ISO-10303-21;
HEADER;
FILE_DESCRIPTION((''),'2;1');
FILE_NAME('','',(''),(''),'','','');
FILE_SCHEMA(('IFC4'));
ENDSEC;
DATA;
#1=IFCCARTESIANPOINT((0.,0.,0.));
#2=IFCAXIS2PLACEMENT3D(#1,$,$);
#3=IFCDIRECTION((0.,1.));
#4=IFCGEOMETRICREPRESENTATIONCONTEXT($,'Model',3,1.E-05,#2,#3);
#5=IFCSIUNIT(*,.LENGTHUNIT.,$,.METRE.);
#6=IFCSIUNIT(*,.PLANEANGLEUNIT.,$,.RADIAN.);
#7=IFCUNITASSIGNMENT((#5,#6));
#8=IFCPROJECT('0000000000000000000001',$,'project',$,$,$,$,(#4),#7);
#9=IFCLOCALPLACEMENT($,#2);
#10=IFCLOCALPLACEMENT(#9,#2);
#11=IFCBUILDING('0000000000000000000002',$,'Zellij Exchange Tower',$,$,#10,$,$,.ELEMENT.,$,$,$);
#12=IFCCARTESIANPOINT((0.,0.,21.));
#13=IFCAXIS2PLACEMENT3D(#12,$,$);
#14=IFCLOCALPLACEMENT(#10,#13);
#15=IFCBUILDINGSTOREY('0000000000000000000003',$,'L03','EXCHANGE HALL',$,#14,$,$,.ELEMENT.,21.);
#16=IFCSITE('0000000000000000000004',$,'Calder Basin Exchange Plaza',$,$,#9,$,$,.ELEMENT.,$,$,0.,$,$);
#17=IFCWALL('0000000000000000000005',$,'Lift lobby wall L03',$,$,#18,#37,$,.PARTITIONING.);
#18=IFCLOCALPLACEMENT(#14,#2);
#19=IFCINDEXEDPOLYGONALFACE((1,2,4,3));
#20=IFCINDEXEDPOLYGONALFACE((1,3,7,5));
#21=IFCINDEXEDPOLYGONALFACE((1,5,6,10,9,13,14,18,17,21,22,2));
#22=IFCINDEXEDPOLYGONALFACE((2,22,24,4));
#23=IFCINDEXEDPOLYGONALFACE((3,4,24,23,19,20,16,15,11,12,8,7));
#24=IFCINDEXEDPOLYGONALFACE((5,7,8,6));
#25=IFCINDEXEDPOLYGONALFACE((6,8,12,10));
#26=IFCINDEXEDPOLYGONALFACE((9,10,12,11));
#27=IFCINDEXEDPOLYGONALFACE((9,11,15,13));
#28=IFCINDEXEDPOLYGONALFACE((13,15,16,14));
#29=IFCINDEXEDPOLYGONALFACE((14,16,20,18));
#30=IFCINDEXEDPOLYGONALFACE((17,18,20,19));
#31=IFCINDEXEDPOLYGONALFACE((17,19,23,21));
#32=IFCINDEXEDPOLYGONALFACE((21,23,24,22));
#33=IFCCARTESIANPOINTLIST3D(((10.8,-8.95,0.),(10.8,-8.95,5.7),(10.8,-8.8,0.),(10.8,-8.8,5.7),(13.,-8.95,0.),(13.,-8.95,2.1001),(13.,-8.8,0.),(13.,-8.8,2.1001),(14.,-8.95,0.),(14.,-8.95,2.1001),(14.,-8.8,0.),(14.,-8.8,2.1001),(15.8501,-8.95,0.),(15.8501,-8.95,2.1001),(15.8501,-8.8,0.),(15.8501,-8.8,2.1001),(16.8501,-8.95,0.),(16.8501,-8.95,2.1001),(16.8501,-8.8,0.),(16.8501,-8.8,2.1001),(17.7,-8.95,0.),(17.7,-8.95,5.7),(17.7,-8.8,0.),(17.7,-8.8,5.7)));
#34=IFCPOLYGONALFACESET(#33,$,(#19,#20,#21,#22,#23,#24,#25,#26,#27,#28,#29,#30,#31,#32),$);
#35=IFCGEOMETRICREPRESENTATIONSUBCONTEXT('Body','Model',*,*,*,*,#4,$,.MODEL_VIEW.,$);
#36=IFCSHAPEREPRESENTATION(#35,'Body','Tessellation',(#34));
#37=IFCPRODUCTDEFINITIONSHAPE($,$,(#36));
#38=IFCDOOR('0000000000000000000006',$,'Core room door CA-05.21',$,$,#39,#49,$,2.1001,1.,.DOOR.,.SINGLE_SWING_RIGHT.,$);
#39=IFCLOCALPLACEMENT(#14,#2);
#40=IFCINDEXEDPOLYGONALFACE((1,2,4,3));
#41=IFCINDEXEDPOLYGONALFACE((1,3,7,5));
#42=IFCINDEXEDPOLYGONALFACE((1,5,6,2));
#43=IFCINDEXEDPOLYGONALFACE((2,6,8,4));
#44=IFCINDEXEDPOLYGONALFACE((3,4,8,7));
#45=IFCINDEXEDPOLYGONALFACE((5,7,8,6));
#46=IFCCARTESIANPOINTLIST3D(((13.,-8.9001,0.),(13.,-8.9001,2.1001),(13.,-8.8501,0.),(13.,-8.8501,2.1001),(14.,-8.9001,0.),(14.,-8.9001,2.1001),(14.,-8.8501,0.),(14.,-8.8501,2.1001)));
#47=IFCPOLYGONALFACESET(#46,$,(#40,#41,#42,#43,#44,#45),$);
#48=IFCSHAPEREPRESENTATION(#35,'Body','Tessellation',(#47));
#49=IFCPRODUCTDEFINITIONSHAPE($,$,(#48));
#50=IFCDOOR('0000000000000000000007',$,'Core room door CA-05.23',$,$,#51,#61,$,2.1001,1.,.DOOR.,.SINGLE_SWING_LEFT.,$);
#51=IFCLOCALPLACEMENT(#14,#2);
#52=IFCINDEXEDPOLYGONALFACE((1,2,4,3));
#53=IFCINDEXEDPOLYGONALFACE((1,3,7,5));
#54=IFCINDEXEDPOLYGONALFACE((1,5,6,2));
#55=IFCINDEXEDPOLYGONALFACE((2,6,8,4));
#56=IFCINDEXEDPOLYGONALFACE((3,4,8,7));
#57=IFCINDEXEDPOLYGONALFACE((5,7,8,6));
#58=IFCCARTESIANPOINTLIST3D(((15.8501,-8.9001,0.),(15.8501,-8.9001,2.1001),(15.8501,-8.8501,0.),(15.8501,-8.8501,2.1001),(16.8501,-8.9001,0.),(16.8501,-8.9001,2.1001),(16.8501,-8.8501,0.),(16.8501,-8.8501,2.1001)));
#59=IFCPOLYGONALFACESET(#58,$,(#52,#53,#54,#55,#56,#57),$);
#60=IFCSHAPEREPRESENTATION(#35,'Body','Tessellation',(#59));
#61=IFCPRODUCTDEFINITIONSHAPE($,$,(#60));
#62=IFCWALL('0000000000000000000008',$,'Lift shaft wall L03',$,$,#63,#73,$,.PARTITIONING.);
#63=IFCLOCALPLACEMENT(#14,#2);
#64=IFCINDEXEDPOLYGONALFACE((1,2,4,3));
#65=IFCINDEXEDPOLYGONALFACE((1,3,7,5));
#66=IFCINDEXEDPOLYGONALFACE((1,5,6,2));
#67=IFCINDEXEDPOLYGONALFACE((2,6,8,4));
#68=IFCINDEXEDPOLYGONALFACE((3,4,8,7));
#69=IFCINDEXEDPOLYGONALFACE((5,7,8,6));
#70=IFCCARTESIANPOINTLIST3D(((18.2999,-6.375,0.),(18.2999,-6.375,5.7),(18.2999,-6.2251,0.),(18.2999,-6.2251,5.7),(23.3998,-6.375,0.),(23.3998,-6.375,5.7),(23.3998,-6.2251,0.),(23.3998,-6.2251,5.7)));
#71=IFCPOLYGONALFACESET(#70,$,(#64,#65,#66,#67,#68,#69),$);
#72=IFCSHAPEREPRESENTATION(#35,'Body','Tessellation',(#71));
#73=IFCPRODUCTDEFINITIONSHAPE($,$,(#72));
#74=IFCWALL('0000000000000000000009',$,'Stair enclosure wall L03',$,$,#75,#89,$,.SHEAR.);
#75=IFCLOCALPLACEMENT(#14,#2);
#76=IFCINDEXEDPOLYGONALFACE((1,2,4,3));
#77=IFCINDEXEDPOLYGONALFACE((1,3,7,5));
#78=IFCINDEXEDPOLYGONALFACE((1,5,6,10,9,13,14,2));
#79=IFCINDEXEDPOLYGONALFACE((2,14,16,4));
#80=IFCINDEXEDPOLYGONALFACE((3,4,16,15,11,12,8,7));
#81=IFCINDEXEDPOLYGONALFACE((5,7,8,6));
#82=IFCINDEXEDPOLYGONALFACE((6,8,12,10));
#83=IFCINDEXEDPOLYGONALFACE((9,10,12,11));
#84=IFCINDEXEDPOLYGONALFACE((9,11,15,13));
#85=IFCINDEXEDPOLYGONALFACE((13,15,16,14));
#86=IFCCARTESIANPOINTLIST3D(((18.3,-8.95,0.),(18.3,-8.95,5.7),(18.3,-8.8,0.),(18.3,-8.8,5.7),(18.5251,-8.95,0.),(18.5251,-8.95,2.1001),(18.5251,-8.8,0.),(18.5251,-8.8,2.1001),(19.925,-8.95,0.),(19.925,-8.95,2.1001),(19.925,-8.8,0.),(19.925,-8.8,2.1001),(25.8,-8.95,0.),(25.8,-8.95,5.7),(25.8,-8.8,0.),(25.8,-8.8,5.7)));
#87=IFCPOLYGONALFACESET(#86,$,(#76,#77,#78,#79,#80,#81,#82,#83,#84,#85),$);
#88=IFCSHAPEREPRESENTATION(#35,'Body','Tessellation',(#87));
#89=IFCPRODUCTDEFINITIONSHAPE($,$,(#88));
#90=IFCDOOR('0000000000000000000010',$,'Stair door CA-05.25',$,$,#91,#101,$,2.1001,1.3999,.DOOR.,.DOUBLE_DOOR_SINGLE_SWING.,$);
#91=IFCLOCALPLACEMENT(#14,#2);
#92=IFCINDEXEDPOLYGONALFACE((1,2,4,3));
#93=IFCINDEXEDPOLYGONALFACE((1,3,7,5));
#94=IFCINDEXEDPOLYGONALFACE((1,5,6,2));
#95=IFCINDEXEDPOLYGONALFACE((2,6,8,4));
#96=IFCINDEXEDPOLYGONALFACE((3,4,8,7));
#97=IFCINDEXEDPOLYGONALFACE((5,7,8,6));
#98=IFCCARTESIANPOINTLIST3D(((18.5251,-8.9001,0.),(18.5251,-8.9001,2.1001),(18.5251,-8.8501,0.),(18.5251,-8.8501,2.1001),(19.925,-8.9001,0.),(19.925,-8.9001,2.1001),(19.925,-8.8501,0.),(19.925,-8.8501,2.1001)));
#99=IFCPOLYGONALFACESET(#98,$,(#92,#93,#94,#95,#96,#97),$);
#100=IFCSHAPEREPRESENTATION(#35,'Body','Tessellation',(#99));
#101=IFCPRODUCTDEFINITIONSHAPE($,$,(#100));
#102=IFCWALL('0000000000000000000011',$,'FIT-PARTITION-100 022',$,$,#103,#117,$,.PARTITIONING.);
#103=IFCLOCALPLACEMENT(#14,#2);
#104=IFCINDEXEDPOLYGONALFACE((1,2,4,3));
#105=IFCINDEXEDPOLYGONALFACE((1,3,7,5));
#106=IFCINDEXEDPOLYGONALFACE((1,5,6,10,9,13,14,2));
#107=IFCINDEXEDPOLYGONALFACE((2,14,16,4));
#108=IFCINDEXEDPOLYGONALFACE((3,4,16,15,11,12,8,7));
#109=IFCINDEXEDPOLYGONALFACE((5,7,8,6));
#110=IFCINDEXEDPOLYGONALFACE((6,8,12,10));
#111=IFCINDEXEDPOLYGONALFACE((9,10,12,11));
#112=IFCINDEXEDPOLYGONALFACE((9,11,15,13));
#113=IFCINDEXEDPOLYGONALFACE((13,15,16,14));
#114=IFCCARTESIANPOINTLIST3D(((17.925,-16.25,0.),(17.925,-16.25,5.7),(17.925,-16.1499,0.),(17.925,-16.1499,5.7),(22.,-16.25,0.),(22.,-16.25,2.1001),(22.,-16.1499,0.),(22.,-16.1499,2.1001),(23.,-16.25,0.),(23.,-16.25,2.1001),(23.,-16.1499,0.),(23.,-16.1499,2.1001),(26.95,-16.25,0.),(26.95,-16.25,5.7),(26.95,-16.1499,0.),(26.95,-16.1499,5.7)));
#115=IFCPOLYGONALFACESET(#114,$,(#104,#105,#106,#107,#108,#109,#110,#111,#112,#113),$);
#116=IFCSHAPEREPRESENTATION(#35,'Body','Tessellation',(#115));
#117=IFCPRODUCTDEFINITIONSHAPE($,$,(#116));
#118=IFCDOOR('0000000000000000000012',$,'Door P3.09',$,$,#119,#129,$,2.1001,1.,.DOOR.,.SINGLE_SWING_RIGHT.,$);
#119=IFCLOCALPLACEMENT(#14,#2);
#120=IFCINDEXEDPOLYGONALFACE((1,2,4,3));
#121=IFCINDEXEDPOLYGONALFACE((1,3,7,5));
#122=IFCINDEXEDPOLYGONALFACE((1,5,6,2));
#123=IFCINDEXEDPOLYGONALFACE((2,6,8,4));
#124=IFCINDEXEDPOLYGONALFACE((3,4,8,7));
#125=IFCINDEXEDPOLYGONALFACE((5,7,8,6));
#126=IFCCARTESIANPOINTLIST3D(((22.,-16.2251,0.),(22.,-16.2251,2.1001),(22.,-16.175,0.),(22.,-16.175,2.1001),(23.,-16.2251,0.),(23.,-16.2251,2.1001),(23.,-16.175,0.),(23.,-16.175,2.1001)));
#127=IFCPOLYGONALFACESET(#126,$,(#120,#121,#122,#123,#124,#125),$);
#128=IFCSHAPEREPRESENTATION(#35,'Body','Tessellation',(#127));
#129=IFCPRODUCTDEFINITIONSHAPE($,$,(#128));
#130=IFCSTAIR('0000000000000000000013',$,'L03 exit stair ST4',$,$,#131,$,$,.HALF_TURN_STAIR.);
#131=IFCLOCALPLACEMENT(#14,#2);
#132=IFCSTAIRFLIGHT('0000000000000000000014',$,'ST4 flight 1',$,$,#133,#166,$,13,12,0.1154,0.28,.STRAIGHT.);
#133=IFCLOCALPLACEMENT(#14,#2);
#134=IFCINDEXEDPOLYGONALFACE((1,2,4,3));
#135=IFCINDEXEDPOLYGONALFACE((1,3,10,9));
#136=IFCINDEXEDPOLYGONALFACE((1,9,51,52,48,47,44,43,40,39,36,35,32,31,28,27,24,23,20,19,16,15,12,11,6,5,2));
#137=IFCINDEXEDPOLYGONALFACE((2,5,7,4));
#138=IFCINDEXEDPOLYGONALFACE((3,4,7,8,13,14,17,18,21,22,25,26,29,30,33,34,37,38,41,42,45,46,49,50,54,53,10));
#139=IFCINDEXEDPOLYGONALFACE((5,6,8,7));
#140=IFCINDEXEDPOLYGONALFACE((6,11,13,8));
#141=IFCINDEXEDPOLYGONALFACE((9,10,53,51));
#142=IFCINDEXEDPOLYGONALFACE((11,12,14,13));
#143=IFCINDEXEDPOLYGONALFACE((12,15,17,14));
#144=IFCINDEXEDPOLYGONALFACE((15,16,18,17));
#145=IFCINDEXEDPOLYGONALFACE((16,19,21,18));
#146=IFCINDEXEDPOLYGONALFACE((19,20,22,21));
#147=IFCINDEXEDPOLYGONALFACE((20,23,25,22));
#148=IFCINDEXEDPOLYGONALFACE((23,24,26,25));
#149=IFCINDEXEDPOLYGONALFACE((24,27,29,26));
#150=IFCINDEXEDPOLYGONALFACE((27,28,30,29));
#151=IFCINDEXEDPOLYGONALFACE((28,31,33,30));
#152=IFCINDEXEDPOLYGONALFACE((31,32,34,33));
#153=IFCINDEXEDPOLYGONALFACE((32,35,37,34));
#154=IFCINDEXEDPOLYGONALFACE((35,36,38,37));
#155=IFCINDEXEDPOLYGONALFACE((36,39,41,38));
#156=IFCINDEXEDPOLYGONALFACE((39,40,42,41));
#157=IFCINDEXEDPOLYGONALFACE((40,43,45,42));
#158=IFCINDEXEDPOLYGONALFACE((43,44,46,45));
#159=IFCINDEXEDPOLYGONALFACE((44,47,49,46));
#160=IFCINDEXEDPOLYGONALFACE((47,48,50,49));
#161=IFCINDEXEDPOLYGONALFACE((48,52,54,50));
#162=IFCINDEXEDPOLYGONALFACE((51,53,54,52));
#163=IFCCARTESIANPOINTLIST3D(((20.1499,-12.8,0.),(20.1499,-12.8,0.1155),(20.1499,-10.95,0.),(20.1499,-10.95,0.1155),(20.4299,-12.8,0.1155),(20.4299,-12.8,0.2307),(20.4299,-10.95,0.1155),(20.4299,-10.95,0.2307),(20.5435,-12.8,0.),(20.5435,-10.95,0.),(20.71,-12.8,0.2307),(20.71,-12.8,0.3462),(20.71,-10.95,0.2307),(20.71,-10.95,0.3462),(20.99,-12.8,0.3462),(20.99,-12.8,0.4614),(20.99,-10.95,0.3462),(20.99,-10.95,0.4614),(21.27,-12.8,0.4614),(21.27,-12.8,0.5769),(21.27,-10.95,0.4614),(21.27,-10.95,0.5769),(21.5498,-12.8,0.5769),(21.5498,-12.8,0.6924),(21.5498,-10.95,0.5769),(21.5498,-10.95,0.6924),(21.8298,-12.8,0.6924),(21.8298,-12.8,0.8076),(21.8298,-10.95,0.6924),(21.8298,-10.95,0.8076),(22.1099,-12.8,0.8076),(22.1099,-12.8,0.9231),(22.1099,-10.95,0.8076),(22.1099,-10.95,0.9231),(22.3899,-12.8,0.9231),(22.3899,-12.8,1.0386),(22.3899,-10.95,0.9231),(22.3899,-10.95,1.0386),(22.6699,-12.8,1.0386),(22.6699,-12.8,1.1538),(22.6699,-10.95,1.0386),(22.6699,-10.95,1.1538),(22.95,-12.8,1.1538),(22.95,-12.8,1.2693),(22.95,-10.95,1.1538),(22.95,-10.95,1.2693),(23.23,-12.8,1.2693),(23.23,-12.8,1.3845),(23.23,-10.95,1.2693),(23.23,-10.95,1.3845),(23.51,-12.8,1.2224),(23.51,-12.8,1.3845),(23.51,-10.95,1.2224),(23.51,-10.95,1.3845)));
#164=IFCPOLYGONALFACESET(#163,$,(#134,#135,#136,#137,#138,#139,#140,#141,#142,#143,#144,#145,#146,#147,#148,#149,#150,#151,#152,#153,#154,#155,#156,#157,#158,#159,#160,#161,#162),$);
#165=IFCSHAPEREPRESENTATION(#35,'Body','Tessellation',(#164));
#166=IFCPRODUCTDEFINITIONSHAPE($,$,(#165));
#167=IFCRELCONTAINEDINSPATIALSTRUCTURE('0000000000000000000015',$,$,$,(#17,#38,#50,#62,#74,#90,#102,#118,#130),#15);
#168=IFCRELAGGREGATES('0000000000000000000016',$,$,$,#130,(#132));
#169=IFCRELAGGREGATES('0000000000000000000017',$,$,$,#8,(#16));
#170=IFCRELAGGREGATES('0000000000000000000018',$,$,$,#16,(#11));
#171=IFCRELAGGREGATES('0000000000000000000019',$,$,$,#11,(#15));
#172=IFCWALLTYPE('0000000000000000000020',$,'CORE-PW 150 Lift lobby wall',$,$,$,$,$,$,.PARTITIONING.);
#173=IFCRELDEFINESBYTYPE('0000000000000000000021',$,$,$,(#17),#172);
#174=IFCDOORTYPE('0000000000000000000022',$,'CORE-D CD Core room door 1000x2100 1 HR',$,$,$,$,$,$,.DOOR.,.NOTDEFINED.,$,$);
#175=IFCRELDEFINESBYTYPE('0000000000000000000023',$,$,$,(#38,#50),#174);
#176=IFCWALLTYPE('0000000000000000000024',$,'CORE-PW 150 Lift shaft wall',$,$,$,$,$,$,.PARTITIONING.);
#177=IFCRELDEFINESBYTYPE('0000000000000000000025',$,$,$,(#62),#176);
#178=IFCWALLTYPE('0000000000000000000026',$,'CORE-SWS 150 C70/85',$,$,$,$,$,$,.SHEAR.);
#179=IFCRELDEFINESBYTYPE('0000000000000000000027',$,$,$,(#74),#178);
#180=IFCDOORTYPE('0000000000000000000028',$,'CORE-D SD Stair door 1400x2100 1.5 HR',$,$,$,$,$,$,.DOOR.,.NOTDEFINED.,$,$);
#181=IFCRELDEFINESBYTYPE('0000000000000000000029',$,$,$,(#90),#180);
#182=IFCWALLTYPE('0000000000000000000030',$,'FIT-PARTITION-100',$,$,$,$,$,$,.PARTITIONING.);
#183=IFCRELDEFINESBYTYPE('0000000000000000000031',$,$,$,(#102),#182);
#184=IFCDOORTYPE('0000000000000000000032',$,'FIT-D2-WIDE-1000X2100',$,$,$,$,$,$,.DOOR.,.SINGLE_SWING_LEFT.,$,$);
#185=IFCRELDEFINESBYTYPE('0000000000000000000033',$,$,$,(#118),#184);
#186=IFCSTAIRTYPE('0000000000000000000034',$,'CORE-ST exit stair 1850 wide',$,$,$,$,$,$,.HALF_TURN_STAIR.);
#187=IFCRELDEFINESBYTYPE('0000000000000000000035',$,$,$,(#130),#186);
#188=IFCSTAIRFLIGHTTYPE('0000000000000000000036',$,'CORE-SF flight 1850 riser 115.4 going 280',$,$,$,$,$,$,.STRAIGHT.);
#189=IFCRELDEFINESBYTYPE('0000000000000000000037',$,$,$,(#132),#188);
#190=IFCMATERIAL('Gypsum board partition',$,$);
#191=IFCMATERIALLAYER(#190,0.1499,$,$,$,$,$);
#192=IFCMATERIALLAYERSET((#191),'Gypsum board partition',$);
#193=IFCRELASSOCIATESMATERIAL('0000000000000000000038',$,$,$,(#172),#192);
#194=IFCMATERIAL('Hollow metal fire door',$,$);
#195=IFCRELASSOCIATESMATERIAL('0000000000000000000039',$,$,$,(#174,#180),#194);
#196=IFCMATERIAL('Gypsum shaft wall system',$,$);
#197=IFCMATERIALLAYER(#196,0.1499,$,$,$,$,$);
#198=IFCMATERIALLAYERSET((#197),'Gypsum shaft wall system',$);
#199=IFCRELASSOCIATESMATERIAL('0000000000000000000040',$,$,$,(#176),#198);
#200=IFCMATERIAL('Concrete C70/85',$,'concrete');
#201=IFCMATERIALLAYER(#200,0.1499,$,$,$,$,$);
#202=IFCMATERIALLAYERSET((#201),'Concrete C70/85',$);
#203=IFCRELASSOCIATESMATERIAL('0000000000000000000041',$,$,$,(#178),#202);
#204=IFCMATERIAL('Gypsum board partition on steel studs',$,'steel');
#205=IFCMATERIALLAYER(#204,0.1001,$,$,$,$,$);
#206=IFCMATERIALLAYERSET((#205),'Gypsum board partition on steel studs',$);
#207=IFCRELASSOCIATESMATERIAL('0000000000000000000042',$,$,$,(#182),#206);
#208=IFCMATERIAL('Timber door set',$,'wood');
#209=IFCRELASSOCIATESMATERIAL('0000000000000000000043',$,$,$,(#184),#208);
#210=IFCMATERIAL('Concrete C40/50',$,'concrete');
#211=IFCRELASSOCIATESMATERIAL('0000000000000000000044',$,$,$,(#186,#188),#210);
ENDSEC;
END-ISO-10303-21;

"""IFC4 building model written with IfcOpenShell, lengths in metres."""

from ifc_helpers import new_model, si_unit, direction, frame, frame_2d, origin, place, context, subcontext, project, spatial, polyline, rectangle, outline, extrude, material, layer, layer_set, type_object, element, fill, aggregate, save


model = new_model("IFC4")

# Units and contexts
model_context = context("Model", 3, precision=1e-05, world=origin(), true_north=direction((0.0, 1.0)))
body_context = subcontext(model_context, "Body", "Model", "MODEL_VIEW")
ifc_project = project(units=[si_unit("LENGTHUNIT", "METRE"), si_unit("PLANEANGLEUNIT", "RADIAN")], contexts=[model_context])

# Site, building, storey
site_placement = place(None, origin())
site = spatial("IfcSite", under=ifc_project, at=site_placement, Name="Calder Basin Exchange Plaza", CompositionType="ELEMENT", RefElevation=0.0)
building_placement = place(site_placement, origin())
building = spatial("IfcBuilding", under=site, at=building_placement, Name="Zellij Exchange Tower", CompositionType="ELEMENT")
storey_placement = place(building_placement, frame((0.0, 0.0, 21.0)))
storey = spatial("IfcBuildingStorey", under=building, at=storey_placement, Name="L03", Description="EXCHANGE HALL", CompositionType="ELEMENT", Elevation=21.0)

# Shared definitions
ifc_material_1 = material(Name="Concrete C70/85", Category="concrete")
ifc_material_2 = material(Name="Gypsum board partition")
ifc_layer_1 = layer(ifc_material_2, 0.1499)
ifc_layer_set_1 = layer_set([ifc_layer_1], Name="Gypsum board partition")
wall_type_1 = type_object("IfcWallType", Name="CORE-PW 150 Lift lobby wall", PredefinedType="PARTITIONING", material=ifc_layer_set_1)

# Shared definitions
ifc_material_3 = material(Name="Hollow metal fire door")

# Wall, openings, doors
door_type_1 = type_object("IfcDoorType", Name="CORE-D CD Core room door 1000x2100 1 HR", OperationType="NOTDEFINED", PredefinedType="DOOR", material=ifc_material_3)
wall_1_placement = place(storey_placement, frame((10.8, -8.875, 0.0), z_axis=(0.0, 0.0, 1.0), x_axis=(1.0, 0.0, 0.0)))
wall_1 = element("IfcWall", 1, at=wall_1_placement, inside=storey, type_object=wall_type_1, Name="Lift lobby wall L03", PredefinedType="PARTITIONING", context=body_context, shape_type="SweptSolid", body=[
    extrude(rectangle(XDim=6.8999, YDim=0.1499, at=frame_2d((3.45, 0.0))), origin(), (0.0, 0.0, 1.0), 5.7),
])
opening_1_placement = place(wall_1_placement, frame((2.2, 0.0, 0.0)))
opening_1 = element("IfcOpeningElement", 2, at=opening_1_placement, cuts=wall_1, PredefinedType="OPENING", context=body_context, shape_type="SweptSolid", body=[
    extrude(rectangle(XDim=1.0, YDim=2.1001, at=frame_2d((0.5, 1.05))), frame((0.0, 0.0869, 0.0), z_axis=(0.0, -1.0, 0.0), x_axis=(1.0, 0.0, 0.0)), (0.0, 0.0, 1.0), 0.1738),
])
opening_2_placement = place(wall_1_placement, frame((5.05, 0.0, 0.0)))
opening_2 = element("IfcOpeningElement", 3, at=opening_2_placement, cuts=wall_1, PredefinedType="OPENING", context=body_context, shape_type="SweptSolid", body=[
    extrude(rectangle(XDim=1.0, YDim=2.1001, at=frame_2d((0.5, 1.05))), frame((0.0, 0.0869, 0.0), z_axis=(0.0, -1.0, 0.0), x_axis=(1.0, 0.0, 0.0)), (0.0, 0.0, 1.0), 0.1738),
])
door_1_placement = place(opening_1_placement, origin())
door_1 = element("IfcDoor", 4, at=door_1_placement, inside=storey, type_object=door_type_1, Name="Core room door CA-05.21", OperationType="SINGLE_SWING_RIGHT", OverallHeight=2.1001, OverallWidth=1.0, PredefinedType="DOOR", context=body_context, shape_type="SweptSolid", body=[
    extrude(rectangle(XDim=1.0, YDim=2.1001, at=frame_2d((0.5, 1.05))), frame((0.0, 0.0249, 0.0), z_axis=(0.0, -1.0, 0.0), x_axis=(1.0, 0.0, 0.0)), (0.0, 0.0, 1.0), 0.05),
])
fill(opening_1, door_1)
door_2_placement = place(opening_2_placement, origin())
door_2 = element("IfcDoor", 5, at=door_2_placement, inside=storey, type_object=door_type_1, Name="Core room door CA-05.23", OperationType="SINGLE_SWING_LEFT", OverallHeight=2.1001, OverallWidth=1.0, PredefinedType="DOOR", context=body_context, shape_type="SweptSolid", body=[
    extrude(rectangle(XDim=1.0, YDim=2.1001, at=frame_2d((0.5, 1.05))), frame((0.0, 0.0249, 0.0), z_axis=(0.0, -1.0, 0.0), x_axis=(1.0, 0.0, 0.0)), (0.0, 0.0, 1.0), 0.05),
])
fill(opening_2, door_2)

# Wall
ifc_material_4 = material(Name="Gypsum shaft wall system")
ifc_layer_2 = layer(ifc_material_4, 0.1499)
ifc_layer_set_2 = layer_set([ifc_layer_2], Name="Gypsum shaft wall system")
wall_type_2 = type_object("IfcWallType", Name="CORE-PW 150 Lift shaft wall", PredefinedType="PARTITIONING", material=ifc_layer_set_2)
wall_2_placement = place(storey_placement, frame((18.3, -6.3, 0.0), z_axis=(0.0, 0.0, 1.0), x_axis=(1.0, 0.0, 0.0)))
element("IfcWall", 6, at=wall_2_placement, inside=storey, type_object=wall_type_2, Name="Lift shaft wall L03", PredefinedType="PARTITIONING", context=body_context, shape_type="SweptSolid", body=[
    extrude(rectangle(XDim=5.0999, YDim=0.1499, at=frame_2d((2.5498, 0.0))), origin(), (0.0, 0.0, 1.0), 5.7),
])

# Walls, openings, doors
ifc_layer_3 = layer(ifc_material_1, 0.1499)
ifc_layer_set_3 = layer_set([ifc_layer_3], Name="Concrete C70/85")
wall_type_3 = type_object("IfcWallType", Name="CORE-SWS 150 C70/85", PredefinedType="SHEAR", material=ifc_layer_set_3)
wall_3_placement = place(storey_placement, frame((18.3, -8.875, 0.0), z_axis=(0.0, 0.0, 1.0), x_axis=(1.0, 0.0, 0.0)))
wall_3 = element("IfcWall", 7, at=wall_3_placement, inside=storey, type_object=wall_type_3, Name="Stair enclosure wall L03", PredefinedType="SHEAR", context=body_context, shape_type="SweptSolid", body=[
    extrude(rectangle(XDim=7.5, YDim=0.1499, at=frame_2d((3.75, 0.0))), origin(), (0.0, 0.0, 1.0), 5.7),
])
opening_3_placement = place(wall_3_placement, frame((0.2251, 0.0, 0.0)))
opening_3 = element("IfcOpeningElement", 8, at=opening_3_placement, cuts=wall_3, PredefinedType="OPENING", context=body_context, shape_type="SweptSolid", body=[
    extrude(rectangle(XDim=1.3999, YDim=2.1001, at=frame_2d((0.7, 1.05))), frame((0.0, 0.0869, 0.0), z_axis=(0.0, -1.0, 0.0), x_axis=(1.0, 0.0, 0.0)), (0.0, 0.0, 1.0), 0.1738),
])
door_type_2 = type_object("IfcDoorType", Name="CORE-D SD Stair door 1400x2100 1.5 HR", OperationType="NOTDEFINED", PredefinedType="DOOR", material=ifc_material_3)
door_3_placement = place(opening_3_placement, origin())
door_3 = element("IfcDoor", 9, at=door_3_placement, inside=storey, type_object=door_type_2, Name="Stair door CA-05.25", OperationType="DOUBLE_DOOR_SINGLE_SWING", OverallHeight=2.1001, OverallWidth=1.3999, PredefinedType="DOOR", context=body_context, shape_type="SweptSolid", body=[
    extrude(rectangle(XDim=1.3999, YDim=2.1001, at=frame_2d((0.7, 1.05))), frame((0.0, 0.0249, 0.0), z_axis=(0.0, -1.0, 0.0), x_axis=(1.0, 0.0, 0.0)), (0.0, 0.0, 1.0), 0.05),
])
fill(opening_3, door_3)
ifc_material_5 = material(Name="Gypsum board partition on steel studs", Category="steel")
ifc_layer_4 = layer(ifc_material_5, 0.1001)
ifc_layer_set_4 = layer_set([ifc_layer_4], Name="Gypsum board partition on steel studs")
wall_type_4 = type_object("IfcWallType", Name="FIT-PARTITION-100", PredefinedType="PARTITIONING", material=ifc_layer_set_4)
wall_4_placement = place(storey_placement, frame((17.925, -16.2, 0.0), z_axis=(0.0, 0.0, 1.0), x_axis=(1.0, 0.0, 0.0)))
wall_4 = element("IfcWall", 10, at=wall_4_placement, inside=storey, type_object=wall_type_4, Name="FIT-PARTITION-100 022", PredefinedType="PARTITIONING", context=body_context, shape_type="SweptSolid", body=[
    extrude(rectangle(XDim=9.0249, YDim=0.1001, at=frame_2d((4.5125, 0.0))), origin(), (0.0, 0.0, 1.0), 5.7),
])
opening_4_placement = place(wall_4_placement, frame((4.075, 0.0, 0.0)))
opening_4 = element("IfcOpeningElement", 11, at=opening_4_placement, cuts=wall_4, PredefinedType="OPENING", context=body_context, shape_type="SweptSolid", body=[
    extrude(rectangle(XDim=1.0, YDim=2.1001, at=frame_2d((0.5, 1.05))), frame((0.0, 0.062, 0.0), z_axis=(0.0, -1.0, 0.0), x_axis=(1.0, 0.0, 0.0)), (0.0, 0.0, 1.0), 0.124),
])
ifc_material_6 = material(Name="Timber door set", Category="wood")
door_type_3 = type_object("IfcDoorType", Name="FIT-D2-WIDE-1000X2100", OperationType="SINGLE_SWING_LEFT", PredefinedType="DOOR", material=ifc_material_6)
door_4_placement = place(opening_4_placement, origin())
door_4 = element("IfcDoor", 12, at=door_4_placement, inside=storey, type_object=door_type_3, Name="Door P3.09", OperationType="SINGLE_SWING_RIGHT", OverallHeight=2.1001, OverallWidth=1.0, PredefinedType="DOOR", context=body_context, shape_type="SweptSolid", body=[
    extrude(rectangle(XDim=1.0, YDim=2.1001, at=frame_2d((0.5, 1.05))), frame((0.0, 0.0249, 0.0), z_axis=(0.0, -1.0, 0.0), x_axis=(1.0, 0.0, 0.0)), (0.0, 0.0, 1.0), 0.05),
])
fill(opening_4, door_4)

# Stair, stair flight
ifc_material_7 = material(Name="Concrete C40/50", Category="concrete")
stair_type = type_object("IfcStairType", Name="CORE-ST exit stair 1850 wide", PredefinedType="HALF_TURN_STAIR", material=ifc_material_7)
stair_placement = place(storey_placement, origin())
stair = element("IfcStair", 13, at=stair_placement, inside=storey, type_object=stair_type, Name="L03 exit stair ST4", PredefinedType="HALF_TURN_STAIR")
stair_flight_type = type_object("IfcStairFlightType", Name="CORE-SF flight 1850 riser 115.4 going 280", PredefinedType="STRAIGHT", material=ifc_material_7)
stair_flight_placement = place(storey_placement, frame((20.1499, -11.875, 0.0), z_axis=(0.0, 0.0, 1.0), x_axis=(1.0, 0.0, 0.0)))
stair_flight = element("IfcStairFlight", 14, at=stair_flight_placement, type_object=stair_flight_type, Name="ST4 flight 1", NumberOfRisers=13, NumberOfTreads=12, PredefinedType="STRAIGHT", RiserHeight=0.1154, TreadLength=0.28, context=body_context, shape_type="SweptSolid", body=[
    extrude(outline(polyline([(0.0, 0.0), (0.0, 0.1155), (0.28, 0.1155), (0.28, 0.2307), (0.5601, 0.2307), (0.5601, 0.3462), (0.8401, 0.3462), (0.8401, 0.4614), (1.1201, 0.4614), (1.1201, 0.5769), (1.3999, 0.5769), (1.3999, 0.6924), (1.6799, 0.6924), (1.6799, 0.8076), (1.96, 0.8076), (1.96, 0.9231), (2.24, 0.9231), (2.24, 1.0386), (2.52, 1.0386), (2.52, 1.1538), (2.8, 1.1538), (2.8, 1.2693), (3.0801, 1.2693), (3.0801, 1.3845), (3.3601, 1.3845), (3.3601, 1.5), (3.3601, 1.2224), (0.3936, 0.0), (0.0, 0.0)])), frame((0.0, 0.925, 0.0), z_axis=(0.0, -1.0, 0.0), x_axis=(1.0, 0.0, 0.0)), (0.0, 0.0, 1.0), 1.8501),
])
aggregate(stair, [stair_flight])

save(model, "model.ifc")
